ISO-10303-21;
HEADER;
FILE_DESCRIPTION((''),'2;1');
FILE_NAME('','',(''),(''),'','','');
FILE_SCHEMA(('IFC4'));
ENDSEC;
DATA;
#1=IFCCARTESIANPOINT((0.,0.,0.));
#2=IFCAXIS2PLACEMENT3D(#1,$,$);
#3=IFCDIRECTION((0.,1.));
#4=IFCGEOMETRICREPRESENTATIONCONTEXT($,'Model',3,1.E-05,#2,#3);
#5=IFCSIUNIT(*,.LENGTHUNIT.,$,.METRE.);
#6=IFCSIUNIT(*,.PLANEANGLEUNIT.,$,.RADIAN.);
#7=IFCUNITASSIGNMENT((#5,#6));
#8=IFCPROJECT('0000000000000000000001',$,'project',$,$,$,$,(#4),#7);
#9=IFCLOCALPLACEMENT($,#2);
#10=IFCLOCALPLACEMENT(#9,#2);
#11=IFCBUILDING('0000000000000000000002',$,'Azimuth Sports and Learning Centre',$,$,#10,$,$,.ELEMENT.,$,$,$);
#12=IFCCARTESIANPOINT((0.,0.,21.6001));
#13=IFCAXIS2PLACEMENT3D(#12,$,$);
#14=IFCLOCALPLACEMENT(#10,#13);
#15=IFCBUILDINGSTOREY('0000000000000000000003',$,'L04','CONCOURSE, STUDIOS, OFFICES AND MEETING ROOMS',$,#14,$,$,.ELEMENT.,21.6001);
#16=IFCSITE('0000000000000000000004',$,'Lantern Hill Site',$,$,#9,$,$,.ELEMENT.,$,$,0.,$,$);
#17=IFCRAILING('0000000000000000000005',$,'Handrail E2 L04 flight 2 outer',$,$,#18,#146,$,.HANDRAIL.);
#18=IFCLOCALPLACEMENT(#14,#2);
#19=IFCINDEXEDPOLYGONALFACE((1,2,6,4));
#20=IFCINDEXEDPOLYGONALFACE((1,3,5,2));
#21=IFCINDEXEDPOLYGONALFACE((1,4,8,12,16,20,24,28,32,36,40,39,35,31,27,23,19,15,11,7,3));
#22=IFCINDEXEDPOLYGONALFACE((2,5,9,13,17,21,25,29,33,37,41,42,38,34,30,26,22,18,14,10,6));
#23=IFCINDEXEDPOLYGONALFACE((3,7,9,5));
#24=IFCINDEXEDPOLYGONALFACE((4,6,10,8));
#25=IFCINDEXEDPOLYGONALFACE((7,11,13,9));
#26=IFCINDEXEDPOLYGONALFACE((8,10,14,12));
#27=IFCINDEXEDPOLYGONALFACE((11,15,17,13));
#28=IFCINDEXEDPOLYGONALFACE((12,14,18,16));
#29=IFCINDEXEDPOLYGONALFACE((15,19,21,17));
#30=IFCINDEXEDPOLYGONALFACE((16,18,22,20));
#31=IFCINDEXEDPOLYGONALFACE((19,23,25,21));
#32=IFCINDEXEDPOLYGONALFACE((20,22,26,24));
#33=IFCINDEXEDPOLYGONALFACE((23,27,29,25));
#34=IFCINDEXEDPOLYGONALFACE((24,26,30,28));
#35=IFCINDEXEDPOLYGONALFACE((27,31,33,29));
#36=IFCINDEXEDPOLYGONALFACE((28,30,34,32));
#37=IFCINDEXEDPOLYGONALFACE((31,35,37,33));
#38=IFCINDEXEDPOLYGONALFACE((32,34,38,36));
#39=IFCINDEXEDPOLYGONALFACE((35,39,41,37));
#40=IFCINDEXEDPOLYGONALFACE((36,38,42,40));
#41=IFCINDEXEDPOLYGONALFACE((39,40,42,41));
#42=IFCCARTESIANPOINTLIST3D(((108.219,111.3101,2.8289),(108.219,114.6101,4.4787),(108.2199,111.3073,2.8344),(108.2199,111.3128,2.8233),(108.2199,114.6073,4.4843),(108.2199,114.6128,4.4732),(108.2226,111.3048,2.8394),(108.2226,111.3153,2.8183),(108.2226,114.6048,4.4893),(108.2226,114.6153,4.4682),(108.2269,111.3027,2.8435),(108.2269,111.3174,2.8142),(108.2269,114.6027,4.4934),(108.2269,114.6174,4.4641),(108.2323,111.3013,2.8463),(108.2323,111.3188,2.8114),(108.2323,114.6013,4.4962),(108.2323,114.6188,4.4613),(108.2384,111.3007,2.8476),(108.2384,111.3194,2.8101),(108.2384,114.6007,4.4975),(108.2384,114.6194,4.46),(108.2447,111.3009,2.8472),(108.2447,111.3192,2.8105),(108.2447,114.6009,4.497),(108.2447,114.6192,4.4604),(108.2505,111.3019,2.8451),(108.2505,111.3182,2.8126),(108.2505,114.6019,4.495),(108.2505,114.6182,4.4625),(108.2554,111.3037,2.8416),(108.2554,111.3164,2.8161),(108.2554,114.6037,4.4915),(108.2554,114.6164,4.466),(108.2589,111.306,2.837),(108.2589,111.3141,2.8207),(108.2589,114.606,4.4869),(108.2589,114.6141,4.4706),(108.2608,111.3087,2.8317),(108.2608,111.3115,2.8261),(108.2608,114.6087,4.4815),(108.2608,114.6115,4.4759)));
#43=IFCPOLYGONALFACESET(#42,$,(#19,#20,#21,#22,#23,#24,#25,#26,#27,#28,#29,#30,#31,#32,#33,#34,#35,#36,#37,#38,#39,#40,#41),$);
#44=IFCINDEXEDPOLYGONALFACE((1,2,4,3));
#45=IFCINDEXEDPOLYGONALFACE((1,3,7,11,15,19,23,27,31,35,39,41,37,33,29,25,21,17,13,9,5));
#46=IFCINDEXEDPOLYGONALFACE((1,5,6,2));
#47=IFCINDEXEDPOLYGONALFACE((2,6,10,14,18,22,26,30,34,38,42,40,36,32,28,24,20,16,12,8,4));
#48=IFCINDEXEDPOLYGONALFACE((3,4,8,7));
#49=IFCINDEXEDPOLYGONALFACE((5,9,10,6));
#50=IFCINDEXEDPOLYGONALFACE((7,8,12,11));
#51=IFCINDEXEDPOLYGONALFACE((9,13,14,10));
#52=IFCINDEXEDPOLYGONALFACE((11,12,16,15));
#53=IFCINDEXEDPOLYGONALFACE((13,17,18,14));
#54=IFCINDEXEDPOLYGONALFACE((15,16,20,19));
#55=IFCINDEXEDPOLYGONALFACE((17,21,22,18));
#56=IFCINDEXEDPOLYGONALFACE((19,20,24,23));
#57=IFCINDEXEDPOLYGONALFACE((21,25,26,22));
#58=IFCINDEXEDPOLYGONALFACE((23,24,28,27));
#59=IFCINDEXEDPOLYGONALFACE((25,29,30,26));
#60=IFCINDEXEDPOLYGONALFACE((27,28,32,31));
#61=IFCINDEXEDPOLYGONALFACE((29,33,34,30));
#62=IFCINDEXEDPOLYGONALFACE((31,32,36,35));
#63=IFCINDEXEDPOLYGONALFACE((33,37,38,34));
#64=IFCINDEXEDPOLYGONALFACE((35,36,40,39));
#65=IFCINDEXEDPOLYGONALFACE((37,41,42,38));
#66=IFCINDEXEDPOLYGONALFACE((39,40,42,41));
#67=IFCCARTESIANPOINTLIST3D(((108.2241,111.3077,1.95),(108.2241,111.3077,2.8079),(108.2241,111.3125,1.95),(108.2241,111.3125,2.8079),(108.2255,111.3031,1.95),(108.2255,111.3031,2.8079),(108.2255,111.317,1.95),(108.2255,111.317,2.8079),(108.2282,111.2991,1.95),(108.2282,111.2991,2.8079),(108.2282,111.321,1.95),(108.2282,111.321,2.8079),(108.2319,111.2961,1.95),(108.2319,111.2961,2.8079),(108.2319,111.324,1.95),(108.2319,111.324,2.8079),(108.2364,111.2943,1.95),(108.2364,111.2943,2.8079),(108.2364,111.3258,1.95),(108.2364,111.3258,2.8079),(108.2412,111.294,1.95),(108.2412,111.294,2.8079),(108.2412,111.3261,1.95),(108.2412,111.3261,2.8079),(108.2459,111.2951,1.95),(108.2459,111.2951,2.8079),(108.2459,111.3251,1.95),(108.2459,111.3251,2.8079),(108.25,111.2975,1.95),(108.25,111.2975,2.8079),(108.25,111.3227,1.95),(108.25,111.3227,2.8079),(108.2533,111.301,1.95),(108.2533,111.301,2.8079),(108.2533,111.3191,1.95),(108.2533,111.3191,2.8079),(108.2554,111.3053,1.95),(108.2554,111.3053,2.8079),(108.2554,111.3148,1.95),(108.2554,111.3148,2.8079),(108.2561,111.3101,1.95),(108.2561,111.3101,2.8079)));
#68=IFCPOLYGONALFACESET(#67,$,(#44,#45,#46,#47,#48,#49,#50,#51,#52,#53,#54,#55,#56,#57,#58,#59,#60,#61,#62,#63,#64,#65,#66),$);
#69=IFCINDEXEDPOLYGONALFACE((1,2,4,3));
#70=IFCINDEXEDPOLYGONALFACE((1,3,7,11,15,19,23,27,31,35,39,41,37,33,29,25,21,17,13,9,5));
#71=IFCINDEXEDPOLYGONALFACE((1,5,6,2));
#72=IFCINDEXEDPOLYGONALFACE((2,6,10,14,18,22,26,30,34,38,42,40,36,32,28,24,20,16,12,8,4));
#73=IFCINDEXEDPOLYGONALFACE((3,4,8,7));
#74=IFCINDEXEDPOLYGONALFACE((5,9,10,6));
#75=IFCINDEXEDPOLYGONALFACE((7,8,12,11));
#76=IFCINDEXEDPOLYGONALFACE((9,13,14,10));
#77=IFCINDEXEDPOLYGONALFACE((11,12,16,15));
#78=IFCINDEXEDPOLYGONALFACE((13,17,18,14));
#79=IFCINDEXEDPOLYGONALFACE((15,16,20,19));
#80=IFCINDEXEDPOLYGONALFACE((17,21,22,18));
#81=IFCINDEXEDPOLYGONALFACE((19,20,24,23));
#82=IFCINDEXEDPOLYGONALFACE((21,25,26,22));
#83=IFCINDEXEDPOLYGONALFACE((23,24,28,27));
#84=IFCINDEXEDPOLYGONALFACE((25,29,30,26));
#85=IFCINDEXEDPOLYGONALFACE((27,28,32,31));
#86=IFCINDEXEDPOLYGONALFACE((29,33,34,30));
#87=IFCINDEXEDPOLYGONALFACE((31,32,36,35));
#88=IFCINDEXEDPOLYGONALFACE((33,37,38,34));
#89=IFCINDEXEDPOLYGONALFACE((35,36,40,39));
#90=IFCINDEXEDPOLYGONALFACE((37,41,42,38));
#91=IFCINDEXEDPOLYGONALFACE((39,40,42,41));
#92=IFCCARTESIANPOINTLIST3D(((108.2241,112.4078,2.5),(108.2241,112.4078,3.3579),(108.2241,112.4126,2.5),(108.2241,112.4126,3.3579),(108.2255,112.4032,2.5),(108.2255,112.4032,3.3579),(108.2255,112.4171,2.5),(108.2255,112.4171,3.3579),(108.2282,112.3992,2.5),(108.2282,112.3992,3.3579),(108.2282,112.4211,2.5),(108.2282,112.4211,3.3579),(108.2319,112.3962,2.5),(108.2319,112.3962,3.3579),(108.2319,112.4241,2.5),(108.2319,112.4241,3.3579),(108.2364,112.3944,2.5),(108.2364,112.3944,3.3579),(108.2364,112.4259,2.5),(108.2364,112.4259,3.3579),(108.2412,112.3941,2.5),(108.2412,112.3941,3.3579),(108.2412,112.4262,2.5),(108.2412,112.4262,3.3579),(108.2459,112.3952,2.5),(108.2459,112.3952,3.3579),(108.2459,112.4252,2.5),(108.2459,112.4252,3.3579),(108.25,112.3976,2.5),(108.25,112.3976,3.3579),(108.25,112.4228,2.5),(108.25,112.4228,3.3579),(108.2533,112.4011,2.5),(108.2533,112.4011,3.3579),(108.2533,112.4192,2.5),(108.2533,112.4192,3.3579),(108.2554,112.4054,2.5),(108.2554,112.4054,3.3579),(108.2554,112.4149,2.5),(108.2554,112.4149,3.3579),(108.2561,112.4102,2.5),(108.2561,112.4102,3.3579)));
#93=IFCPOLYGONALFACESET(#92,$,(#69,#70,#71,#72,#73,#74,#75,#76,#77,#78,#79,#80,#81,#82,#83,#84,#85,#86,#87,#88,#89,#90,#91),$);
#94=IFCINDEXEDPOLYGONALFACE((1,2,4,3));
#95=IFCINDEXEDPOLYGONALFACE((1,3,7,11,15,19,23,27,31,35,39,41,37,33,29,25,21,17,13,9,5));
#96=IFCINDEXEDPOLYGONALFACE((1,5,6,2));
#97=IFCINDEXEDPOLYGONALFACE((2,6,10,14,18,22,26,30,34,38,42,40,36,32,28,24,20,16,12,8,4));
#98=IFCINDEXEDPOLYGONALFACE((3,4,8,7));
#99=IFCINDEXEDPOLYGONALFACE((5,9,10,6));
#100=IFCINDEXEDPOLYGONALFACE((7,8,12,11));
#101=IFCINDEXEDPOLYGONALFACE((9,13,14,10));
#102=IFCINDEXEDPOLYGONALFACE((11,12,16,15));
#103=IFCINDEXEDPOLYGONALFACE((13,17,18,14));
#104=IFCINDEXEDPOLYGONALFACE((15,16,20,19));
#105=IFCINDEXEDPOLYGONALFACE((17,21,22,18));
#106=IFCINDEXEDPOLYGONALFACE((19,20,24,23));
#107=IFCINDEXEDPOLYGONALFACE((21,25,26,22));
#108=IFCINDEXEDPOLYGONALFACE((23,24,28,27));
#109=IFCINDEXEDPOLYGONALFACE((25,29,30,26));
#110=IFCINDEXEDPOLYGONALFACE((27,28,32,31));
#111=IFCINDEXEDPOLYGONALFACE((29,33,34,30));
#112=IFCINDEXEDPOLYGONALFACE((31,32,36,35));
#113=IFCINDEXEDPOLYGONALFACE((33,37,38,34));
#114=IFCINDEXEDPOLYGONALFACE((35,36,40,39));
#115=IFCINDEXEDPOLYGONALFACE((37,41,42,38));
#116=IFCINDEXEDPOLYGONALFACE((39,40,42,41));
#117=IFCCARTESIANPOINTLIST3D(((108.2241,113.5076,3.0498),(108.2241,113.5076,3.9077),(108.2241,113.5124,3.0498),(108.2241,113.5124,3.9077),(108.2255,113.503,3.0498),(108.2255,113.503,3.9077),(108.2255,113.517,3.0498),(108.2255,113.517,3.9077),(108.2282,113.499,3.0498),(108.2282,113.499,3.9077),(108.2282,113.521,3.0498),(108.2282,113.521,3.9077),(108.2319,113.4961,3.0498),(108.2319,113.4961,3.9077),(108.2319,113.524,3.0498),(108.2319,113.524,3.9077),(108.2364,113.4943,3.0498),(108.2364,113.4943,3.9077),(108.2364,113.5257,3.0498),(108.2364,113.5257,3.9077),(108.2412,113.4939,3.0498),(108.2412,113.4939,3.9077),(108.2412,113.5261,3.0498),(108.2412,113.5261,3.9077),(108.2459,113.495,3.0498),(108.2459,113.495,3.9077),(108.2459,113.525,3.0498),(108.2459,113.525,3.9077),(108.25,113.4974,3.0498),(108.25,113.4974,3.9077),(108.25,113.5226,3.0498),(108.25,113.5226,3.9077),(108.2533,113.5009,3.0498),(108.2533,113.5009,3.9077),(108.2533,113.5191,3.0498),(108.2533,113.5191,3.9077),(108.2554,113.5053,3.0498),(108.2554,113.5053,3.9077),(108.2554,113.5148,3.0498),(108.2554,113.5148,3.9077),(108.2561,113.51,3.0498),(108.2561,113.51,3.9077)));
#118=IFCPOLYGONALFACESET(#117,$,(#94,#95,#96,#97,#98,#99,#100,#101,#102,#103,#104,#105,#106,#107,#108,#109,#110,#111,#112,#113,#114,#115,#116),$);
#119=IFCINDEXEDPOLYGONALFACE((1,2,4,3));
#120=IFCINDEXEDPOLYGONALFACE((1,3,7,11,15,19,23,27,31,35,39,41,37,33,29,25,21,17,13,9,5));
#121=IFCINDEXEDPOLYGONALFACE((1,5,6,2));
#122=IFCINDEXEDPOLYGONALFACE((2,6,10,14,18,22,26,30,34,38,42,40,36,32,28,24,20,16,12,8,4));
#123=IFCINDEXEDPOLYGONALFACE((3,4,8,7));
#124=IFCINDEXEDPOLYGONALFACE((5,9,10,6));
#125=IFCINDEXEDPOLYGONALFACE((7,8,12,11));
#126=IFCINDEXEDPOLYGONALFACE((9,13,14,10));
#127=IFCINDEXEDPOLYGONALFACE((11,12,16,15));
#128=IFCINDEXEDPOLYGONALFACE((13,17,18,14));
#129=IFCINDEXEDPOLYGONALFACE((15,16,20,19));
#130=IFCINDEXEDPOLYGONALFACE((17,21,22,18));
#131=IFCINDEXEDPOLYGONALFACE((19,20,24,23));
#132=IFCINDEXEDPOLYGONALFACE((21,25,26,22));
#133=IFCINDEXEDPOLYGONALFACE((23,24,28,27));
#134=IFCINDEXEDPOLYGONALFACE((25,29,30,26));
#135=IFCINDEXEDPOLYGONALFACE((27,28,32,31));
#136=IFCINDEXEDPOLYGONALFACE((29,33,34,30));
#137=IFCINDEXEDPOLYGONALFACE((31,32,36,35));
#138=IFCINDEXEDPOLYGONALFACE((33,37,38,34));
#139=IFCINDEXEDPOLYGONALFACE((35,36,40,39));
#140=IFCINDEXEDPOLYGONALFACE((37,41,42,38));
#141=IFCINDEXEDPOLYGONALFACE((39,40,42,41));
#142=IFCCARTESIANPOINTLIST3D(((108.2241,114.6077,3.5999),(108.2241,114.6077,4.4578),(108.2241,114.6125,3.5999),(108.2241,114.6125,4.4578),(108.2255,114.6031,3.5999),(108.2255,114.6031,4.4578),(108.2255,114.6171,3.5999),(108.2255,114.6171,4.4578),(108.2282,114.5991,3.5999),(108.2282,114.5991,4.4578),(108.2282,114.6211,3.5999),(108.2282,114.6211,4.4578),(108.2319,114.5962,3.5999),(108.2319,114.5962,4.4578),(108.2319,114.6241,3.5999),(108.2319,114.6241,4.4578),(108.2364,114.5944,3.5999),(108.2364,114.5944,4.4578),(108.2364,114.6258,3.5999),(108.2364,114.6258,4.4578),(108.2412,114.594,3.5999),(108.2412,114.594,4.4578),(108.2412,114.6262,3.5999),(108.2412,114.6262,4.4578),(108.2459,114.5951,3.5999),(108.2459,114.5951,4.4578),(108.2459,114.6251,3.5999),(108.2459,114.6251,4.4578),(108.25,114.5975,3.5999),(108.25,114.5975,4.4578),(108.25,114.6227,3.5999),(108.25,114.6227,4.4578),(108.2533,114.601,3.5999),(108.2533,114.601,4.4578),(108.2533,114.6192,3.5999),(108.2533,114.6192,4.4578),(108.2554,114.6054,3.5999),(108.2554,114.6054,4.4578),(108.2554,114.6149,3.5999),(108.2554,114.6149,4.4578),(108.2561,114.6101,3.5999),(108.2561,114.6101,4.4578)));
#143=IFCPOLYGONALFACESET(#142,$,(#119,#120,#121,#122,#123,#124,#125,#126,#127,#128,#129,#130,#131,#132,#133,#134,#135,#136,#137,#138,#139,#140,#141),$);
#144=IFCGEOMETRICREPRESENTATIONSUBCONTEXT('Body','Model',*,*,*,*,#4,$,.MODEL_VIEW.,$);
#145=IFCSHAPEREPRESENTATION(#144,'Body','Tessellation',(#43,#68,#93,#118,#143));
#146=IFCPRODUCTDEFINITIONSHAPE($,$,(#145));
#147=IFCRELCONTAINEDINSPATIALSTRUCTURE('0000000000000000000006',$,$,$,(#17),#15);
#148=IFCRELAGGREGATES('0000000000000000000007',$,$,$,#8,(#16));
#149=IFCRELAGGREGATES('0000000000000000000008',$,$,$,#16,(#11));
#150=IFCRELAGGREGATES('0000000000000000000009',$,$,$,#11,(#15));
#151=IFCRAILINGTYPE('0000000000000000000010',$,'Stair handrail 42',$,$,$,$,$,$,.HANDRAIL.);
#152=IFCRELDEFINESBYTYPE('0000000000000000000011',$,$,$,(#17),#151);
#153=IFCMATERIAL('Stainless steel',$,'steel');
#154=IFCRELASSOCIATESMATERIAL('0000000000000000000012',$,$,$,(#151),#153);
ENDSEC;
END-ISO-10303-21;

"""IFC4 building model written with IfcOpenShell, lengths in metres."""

from ifc_helpers import new_model, si_unit, direction, frame, origin, origin_2d, place, context, subcontext, project, spatial, circle, extrude, material, type_object, element, save


model = new_model("IFC4")

# Units and contexts
model_context = context("Model", 3, precision=1e-05, world=origin(), true_north=direction((0.0, 1.0)))
body_context = subcontext(model_context, "Body", "Model", "MODEL_VIEW")
ifc_project = project(units=[si_unit("LENGTHUNIT", "METRE"), si_unit("PLANEANGLEUNIT", "RADIAN")], contexts=[model_context])

# Site, building, storey
site_placement = place(None, origin())
site = spatial("IfcSite", under=ifc_project, at=site_placement, Name="Lantern Hill Site", CompositionType="ELEMENT", RefElevation=0.0)
building_placement = place(site_placement, origin())
building = spatial("IfcBuilding", under=site, at=building_placement, Name="Azimuth Sports and Learning Centre", CompositionType="ELEMENT")
storey_placement = place(building_placement, frame((0.0, 0.0, 21.6001)))
storey = spatial("IfcBuildingStorey", under=building, at=storey_placement, Name="L04", Description="CONCOURSE, STUDIOS, OFFICES AND MEETING ROOMS", CompositionType="ELEMENT", Elevation=21.6001)

# Railing
ifc_material_1 = material(Name="Stainless steel", Category="steel")
railing_type = type_object("IfcRailingType", Name="Stair handrail 42", PredefinedType="HANDRAIL", material=ifc_material_1)
for number, where, name in (
    (1, (108.24, 111.3101, 1.95), "Handrail E2 L04 flight 2 outer"),
):
    element("IfcRailing", number, at=place(storey_placement, frame(where)), inside=storey, type_object=railing_type, Name=name, PredefinedType="HANDRAIL", context=body_context, shape_type="SweptSolid", body=[
        extrude(circle(Radius=0.021, at=origin_2d()), frame((0.0, 0.0, 0.8789), z_axis=(0.0, 0.89444, 0.447187), x_axis=(-1.0, 0.0, 0.0)), (0.0, 0.0, 1.0), 3.6895),
        extrude(circle(Radius=0.0161, at=origin_2d()), origin(), (0.0, 0.0, 1.0), 0.8579),
        extrude(circle(Radius=0.0161, at=origin_2d()), frame((0.0, 1.1001, 0.55)), (0.0, 0.0, 1.0), 0.8579),
        extrude(circle(Radius=0.0161, at=origin_2d()), frame((0.0, 2.2, 1.0999)), (0.0, 0.0, 1.0), 0.8579),
        extrude(circle(Radius=0.0161, at=origin_2d()), frame((0.0, 3.3, 1.6499)), (0.0, 0.0, 1.0), 0.8579),
    ])

save(model, "model.ifc")
